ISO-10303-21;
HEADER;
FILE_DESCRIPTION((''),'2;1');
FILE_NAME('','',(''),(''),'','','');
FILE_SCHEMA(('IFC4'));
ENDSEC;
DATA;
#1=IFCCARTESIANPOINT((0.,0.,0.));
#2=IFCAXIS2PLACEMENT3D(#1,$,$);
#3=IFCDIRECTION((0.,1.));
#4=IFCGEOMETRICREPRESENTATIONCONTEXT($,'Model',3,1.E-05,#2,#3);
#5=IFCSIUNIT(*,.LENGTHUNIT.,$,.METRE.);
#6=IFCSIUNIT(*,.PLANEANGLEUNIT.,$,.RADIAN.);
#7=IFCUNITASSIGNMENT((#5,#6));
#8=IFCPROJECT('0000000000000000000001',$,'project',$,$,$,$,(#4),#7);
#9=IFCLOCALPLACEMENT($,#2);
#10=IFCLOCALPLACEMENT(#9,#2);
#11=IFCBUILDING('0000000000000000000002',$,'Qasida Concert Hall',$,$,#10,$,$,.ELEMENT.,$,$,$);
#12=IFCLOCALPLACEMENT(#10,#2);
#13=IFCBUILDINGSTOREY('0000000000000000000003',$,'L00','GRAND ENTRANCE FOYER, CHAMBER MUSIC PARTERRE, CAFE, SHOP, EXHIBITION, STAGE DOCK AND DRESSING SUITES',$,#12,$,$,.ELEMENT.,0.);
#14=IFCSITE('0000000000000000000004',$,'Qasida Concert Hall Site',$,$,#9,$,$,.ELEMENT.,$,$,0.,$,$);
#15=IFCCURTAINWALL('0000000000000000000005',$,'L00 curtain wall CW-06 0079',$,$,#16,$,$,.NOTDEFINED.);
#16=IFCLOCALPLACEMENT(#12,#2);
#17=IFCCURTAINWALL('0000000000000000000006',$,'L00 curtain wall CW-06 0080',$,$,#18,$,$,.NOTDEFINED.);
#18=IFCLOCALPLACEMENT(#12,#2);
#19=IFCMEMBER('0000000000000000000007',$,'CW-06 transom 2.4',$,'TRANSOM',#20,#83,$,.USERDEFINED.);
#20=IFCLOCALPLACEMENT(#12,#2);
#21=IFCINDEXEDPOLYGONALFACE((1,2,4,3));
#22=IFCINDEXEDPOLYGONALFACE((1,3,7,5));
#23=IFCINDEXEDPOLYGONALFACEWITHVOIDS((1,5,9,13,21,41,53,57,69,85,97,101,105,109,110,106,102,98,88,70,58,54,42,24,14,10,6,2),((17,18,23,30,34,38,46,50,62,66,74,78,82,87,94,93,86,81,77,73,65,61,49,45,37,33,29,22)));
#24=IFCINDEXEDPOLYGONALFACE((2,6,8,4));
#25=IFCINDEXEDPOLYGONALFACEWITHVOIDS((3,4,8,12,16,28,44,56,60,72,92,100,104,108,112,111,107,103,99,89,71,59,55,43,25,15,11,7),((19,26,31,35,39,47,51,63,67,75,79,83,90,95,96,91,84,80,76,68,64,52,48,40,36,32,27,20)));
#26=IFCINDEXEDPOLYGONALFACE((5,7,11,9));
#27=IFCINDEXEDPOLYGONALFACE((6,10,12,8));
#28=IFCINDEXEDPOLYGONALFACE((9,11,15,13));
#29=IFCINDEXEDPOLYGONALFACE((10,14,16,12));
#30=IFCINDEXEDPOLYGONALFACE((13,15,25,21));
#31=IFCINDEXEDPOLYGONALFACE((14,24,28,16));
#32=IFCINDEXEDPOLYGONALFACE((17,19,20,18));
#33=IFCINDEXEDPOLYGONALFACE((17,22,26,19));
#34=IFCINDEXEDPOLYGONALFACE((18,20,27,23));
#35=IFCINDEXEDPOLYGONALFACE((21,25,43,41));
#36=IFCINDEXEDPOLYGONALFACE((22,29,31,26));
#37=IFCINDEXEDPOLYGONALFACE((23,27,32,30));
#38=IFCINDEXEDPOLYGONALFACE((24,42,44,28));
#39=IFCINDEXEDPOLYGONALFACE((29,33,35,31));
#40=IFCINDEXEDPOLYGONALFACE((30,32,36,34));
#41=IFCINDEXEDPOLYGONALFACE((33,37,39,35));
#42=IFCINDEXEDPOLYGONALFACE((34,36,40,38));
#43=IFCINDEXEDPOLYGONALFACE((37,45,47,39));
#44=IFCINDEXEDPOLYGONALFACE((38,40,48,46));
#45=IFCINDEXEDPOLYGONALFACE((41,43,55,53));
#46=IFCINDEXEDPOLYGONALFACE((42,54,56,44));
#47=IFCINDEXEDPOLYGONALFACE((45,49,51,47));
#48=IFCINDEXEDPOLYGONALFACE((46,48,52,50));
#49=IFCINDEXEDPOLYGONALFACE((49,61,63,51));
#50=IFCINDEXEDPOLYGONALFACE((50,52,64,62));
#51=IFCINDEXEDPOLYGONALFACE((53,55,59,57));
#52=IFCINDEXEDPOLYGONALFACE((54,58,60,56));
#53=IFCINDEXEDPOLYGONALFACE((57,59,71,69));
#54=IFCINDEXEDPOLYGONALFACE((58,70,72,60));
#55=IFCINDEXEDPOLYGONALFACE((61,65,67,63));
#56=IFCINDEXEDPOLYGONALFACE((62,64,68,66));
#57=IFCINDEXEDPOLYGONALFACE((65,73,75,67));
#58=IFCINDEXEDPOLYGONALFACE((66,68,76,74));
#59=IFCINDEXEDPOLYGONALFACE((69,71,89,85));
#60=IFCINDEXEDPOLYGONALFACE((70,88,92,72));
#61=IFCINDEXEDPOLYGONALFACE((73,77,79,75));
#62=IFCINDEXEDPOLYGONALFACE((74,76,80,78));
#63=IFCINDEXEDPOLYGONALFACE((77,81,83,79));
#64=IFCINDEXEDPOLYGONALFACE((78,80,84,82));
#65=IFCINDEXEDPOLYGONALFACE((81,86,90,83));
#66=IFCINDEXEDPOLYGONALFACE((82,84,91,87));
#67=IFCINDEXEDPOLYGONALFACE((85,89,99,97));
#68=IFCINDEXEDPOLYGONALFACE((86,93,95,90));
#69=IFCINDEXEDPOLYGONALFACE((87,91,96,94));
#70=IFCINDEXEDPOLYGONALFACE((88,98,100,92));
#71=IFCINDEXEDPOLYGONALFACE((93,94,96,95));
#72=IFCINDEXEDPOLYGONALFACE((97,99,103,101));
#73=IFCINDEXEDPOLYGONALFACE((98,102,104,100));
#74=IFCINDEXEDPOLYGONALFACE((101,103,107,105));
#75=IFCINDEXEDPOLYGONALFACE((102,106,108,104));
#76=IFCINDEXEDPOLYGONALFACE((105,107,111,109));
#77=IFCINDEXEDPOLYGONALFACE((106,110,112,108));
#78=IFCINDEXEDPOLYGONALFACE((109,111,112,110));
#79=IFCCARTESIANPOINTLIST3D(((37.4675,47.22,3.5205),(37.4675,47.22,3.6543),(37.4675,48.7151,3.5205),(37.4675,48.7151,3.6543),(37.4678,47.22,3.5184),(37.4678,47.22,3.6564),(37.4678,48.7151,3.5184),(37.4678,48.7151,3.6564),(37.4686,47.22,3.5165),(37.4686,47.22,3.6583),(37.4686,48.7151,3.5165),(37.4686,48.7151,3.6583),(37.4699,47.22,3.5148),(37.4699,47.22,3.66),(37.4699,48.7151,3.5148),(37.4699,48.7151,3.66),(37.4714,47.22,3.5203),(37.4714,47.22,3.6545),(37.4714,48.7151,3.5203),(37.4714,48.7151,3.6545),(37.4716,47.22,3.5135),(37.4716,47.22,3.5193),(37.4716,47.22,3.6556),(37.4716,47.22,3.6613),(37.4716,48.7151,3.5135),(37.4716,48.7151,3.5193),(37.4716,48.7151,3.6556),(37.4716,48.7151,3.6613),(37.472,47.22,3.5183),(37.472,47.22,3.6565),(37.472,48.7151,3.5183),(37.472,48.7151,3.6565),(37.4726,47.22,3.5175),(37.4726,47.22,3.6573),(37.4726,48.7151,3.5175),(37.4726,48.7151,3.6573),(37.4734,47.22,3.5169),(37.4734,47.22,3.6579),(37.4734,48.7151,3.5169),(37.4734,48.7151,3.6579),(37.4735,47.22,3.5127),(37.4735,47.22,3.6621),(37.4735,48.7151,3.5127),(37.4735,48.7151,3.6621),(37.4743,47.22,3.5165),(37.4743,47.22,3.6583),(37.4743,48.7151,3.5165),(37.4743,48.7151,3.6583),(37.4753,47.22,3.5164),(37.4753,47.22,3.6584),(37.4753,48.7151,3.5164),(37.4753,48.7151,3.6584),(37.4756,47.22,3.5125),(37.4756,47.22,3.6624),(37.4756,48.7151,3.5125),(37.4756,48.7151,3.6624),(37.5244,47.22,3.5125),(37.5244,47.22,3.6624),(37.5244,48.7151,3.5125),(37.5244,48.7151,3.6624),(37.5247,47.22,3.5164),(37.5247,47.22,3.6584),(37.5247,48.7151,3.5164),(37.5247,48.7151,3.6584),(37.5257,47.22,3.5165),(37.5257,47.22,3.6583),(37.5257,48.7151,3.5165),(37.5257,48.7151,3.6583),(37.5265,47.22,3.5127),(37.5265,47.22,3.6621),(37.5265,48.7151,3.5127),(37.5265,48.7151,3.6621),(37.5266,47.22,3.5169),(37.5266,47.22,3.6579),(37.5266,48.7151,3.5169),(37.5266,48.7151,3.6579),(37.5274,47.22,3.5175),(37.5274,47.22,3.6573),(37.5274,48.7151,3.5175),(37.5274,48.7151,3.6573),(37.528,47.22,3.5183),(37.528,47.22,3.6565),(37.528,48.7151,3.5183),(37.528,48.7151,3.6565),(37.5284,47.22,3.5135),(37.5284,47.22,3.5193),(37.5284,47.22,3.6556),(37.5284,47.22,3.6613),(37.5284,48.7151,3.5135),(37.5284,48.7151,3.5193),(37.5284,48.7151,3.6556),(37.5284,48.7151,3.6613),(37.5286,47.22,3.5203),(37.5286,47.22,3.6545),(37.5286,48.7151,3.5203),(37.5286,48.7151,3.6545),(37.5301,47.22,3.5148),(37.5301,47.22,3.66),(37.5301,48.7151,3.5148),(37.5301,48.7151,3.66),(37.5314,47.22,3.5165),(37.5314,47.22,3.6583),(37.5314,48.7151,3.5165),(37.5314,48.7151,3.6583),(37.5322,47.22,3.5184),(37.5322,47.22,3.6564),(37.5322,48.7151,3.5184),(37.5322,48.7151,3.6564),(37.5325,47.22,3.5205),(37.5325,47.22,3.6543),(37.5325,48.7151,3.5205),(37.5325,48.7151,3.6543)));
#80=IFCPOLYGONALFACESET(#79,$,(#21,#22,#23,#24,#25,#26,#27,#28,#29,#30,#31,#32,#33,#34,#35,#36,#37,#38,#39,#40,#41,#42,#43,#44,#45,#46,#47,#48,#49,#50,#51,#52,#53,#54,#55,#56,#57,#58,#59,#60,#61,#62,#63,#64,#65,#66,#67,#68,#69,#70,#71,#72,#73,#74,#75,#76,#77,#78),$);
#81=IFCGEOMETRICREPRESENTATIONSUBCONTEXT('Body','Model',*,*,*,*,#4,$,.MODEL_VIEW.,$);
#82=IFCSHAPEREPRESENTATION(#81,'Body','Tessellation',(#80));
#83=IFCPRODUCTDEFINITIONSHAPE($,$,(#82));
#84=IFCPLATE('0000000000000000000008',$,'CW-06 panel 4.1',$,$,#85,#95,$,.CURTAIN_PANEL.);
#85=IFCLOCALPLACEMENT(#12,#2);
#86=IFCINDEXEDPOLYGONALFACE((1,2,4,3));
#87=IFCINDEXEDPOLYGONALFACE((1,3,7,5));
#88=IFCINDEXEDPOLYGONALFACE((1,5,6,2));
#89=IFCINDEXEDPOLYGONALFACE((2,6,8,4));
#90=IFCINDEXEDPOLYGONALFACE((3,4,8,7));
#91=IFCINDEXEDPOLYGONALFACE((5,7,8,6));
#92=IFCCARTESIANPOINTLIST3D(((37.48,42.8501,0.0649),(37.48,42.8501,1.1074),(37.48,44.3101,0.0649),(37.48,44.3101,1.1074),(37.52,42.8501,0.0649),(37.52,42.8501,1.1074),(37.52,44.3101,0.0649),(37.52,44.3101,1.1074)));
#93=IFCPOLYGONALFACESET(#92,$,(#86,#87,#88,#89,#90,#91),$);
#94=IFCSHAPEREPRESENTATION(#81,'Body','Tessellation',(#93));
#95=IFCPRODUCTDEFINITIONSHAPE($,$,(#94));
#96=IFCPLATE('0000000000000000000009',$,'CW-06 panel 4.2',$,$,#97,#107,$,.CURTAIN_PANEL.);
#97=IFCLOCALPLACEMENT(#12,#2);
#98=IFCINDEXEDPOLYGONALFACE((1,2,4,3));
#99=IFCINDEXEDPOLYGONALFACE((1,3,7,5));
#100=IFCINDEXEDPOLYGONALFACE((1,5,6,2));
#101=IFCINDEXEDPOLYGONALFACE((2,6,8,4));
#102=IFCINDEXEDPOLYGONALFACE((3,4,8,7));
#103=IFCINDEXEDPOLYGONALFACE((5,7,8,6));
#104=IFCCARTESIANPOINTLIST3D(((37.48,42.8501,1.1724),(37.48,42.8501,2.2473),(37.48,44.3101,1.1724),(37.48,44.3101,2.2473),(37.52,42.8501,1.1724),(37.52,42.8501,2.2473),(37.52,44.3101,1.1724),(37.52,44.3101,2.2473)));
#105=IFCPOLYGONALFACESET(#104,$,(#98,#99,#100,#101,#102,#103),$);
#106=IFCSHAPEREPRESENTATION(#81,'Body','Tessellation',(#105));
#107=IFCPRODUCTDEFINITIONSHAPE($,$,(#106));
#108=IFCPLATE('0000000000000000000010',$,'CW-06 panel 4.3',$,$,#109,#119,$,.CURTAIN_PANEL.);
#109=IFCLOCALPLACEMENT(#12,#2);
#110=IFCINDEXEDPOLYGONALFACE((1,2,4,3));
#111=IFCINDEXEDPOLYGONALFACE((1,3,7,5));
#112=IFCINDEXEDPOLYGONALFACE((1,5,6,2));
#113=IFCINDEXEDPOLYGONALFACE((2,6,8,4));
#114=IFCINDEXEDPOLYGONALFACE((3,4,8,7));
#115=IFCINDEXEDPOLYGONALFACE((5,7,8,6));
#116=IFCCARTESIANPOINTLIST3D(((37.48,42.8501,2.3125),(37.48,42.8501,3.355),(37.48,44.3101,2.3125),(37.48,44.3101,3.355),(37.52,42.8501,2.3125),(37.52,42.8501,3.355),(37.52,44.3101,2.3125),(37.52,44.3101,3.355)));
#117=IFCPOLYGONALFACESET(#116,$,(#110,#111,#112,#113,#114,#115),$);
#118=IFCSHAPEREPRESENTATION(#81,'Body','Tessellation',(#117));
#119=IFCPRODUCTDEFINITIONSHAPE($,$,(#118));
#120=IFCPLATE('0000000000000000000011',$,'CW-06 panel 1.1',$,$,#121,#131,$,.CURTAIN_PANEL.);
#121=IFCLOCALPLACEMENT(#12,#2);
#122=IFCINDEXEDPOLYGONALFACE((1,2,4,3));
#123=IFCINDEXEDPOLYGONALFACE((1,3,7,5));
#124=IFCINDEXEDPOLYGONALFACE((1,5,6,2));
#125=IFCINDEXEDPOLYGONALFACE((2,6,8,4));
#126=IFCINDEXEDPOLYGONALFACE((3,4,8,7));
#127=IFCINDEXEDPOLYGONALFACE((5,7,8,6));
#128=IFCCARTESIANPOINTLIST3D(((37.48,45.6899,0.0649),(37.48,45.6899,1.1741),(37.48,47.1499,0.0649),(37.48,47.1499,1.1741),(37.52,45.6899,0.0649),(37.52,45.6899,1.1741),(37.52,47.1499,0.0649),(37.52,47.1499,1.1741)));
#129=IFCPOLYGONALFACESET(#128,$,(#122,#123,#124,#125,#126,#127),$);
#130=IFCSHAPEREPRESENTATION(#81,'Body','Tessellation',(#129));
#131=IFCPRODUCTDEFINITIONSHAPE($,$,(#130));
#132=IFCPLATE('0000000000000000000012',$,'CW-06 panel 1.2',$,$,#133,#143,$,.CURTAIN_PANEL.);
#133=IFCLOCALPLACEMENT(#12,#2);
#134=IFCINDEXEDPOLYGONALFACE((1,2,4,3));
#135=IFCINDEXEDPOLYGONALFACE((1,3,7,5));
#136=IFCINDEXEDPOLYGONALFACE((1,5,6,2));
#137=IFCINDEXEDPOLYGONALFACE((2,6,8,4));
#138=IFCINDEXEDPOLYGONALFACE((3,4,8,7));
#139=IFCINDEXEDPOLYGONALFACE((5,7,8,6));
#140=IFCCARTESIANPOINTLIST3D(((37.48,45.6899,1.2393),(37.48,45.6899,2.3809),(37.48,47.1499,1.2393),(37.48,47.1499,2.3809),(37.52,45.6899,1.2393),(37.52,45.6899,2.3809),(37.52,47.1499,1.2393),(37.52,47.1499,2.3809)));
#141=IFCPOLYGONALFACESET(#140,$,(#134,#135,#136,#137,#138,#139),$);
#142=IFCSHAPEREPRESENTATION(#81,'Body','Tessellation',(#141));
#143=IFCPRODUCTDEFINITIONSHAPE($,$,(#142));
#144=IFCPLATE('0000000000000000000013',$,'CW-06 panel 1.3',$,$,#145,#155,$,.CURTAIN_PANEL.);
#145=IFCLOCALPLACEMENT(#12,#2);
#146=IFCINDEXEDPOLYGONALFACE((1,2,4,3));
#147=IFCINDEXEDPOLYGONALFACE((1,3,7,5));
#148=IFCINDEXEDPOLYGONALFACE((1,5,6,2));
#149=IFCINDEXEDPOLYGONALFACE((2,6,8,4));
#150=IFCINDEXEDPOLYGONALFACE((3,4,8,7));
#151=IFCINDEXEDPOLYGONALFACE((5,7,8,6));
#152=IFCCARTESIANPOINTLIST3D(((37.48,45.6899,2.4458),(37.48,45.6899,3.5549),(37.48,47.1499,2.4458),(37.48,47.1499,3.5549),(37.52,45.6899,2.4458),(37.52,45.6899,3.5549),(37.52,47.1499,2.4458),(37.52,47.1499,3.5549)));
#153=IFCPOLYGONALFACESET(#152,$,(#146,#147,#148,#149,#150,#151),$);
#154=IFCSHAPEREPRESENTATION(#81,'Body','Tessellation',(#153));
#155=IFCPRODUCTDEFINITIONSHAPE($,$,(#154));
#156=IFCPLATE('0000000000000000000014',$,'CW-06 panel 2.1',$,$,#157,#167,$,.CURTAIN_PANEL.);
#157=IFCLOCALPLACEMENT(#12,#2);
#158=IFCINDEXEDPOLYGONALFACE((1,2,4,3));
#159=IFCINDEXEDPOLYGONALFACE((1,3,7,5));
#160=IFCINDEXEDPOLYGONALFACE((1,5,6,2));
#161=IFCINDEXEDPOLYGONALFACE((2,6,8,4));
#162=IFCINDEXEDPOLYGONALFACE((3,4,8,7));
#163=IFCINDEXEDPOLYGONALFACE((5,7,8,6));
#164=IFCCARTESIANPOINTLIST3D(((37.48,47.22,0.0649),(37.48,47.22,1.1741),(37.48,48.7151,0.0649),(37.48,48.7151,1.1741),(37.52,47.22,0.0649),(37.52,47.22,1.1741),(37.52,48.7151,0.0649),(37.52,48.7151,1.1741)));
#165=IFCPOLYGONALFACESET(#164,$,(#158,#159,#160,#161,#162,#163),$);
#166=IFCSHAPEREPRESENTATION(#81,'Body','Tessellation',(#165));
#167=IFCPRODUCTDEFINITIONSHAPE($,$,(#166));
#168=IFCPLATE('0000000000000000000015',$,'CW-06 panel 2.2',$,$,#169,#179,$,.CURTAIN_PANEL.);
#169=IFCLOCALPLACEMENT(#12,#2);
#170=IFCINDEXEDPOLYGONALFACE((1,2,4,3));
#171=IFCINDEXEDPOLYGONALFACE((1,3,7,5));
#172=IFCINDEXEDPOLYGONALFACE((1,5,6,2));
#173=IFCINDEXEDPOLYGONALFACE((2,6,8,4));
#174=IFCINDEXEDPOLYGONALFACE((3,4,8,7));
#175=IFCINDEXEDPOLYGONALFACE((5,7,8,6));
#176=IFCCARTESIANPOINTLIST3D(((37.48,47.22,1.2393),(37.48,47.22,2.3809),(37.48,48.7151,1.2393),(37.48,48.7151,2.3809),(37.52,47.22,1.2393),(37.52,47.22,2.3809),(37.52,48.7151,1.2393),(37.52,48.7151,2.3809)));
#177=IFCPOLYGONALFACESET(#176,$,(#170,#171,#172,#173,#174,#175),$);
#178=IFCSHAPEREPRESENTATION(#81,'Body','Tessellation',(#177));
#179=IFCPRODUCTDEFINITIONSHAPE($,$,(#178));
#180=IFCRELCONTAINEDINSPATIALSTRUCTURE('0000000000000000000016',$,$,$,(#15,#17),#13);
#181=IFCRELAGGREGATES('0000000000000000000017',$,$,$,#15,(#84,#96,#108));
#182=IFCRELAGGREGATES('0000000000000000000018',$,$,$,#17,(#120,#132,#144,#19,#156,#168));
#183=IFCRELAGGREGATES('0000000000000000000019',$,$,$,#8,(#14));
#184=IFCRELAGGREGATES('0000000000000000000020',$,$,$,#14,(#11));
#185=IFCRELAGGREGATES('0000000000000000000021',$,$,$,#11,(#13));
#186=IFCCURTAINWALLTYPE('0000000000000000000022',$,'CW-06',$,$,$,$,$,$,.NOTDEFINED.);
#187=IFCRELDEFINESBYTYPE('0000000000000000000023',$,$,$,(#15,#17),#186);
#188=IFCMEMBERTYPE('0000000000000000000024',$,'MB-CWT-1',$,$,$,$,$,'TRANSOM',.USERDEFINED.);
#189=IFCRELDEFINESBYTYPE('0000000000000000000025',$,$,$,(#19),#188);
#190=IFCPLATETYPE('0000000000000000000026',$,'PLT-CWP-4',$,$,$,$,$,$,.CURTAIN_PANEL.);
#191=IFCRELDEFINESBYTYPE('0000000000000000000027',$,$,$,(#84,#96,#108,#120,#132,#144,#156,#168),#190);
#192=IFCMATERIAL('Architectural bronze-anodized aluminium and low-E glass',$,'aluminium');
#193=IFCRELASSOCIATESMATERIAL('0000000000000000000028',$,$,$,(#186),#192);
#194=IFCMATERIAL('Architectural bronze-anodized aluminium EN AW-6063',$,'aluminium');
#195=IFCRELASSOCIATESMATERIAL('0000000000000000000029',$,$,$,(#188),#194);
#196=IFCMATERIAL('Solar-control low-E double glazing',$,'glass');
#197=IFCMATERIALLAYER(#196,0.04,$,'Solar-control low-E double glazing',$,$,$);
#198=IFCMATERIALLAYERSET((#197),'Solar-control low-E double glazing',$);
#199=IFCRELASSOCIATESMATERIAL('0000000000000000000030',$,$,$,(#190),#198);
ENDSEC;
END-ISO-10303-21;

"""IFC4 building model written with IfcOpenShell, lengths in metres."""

from ifc_helpers import new_model, si_unit, direction, frame, origin, origin_2d, place, context, subcontext, project, spatial, rectangle, hollow_rectangle, extrude, material, layer, layer_set, material_profile, profile_set, type_object, element, aggregate, save


model = new_model("IFC4")

# Units and contexts
model_context = context("Model", 3, precision=1e-05, world=origin(), true_north=direction((0.0, 1.0)))
body_context = subcontext(model_context, "Body", "Model", "MODEL_VIEW")
ifc_project = project(units=[si_unit("LENGTHUNIT", "METRE"), si_unit("PLANEANGLEUNIT", "RADIAN")], contexts=[model_context])

# Site, building, storey
site_placement = place(None, origin())
site = spatial("IfcSite", under=ifc_project, at=site_placement, Name="Qasida Concert Hall Site", CompositionType="ELEMENT", RefElevation=0.0)
building_placement = place(site_placement, origin())
building = spatial("IfcBuilding", under=site, at=building_placement, Name="Qasida Concert Hall", CompositionType="ELEMENT")
storey_placement = place(building_placement, origin())
storey = spatial("IfcBuildingStorey", under=building, at=storey_placement, Name="L00", Description="GRAND ENTRANCE FOYER, CHAMBER MUSIC PARTERRE, CAFE, SHOP, EXHIBITION, STAGE DOCK AND DRESSING SUITES", CompositionType="ELEMENT", Elevation=0.0)

# Curtain wall
ifc_material_1 = material(Name="Architectural bronze-anodized aluminium and low-E glass", Category="aluminium")
curtain_wall_type = type_object("IfcCurtainWallType", Name="CW-06", PredefinedType="NOTDEFINED", material=ifc_material_1)
curtain_wall_1_placement = place(storey_placement, origin())
curtain_wall_1 = element("IfcCurtainWall", 1, at=curtain_wall_1_placement, inside=storey, type_object=curtain_wall_type, Name="L00 curtain wall CW-06 0079", PredefinedType="NOTDEFINED")
ifc_material_2 = material(Name="Architectural bronze-anodized aluminium EN AW-6063", Category="aluminium")

# Curtain wall
curtain_wall_2_placement = place(storey_placement, origin())
curtain_wall_2 = element("IfcCurtainWall", 2, at=curtain_wall_2_placement, inside=storey, type_object=curtain_wall_type, Name="L00 curtain wall CW-06 0080", PredefinedType="NOTDEFINED")

# Member
ifc_material_profile_1 = material_profile(ifc_material_2, hollow_rectangle(XDim=0.0649, YDim=0.1499, WallThickness=0.0039, InnerFilletRadius=0.0039, OuterFilletRadius=0.0081, at=origin_2d()), Name="CWT 150x65x4")
ifc_profile_set_1 = profile_set([ifc_material_profile_1], Name="Architectural bronze-anodized aluminium EN AW-6063")
member_type_1 = type_object("IfcMemberType", Name="MB-CWT-1", ElementType="TRANSOM", PredefinedType="USERDEFINED", material=ifc_profile_set_1)
member_1_placement = place(storey_placement, frame((37.5, 47.22, 3.5874), z_axis=(0.0, 1.0, 0.0), x_axis=(-1.0, 0.0, 0.0)))
member_1 = element("IfcMember", 3, at=member_1_placement, type_object=member_type_1, Name="CW-06 transom 2.4", ObjectType="TRANSOM", PredefinedType="USERDEFINED", context=body_context, shape_type="SweptSolid", body=[
    extrude(hollow_rectangle(XDim=0.0649, YDim=0.1499, WallThickness=0.0039, InnerFilletRadius=0.0039, OuterFilletRadius=0.0081, at=origin_2d()), origin(), (0.0, 0.0, 1.0), 1.4951),
])

# Plates
ifc_material_3 = material(Name="Solar-control low-E double glazing", Category="glass")
ifc_layer = layer(ifc_material_3, 0.04, Name="Solar-control low-E double glazing")
ifc_layer_set = layer_set([ifc_layer], Name="Solar-control low-E double glazing")
plate_type = type_object("IfcPlateType", Name="PLT-CWP-4", PredefinedType="CURTAIN_PANEL", material=ifc_layer_set)
plate_1_placement = place(storey_placement, frame((37.5, 43.5801, 0.0649), z_axis=(0.0, 0.0, 1.0), x_axis=(0.0, 1.0, 0.0)))
plate_1 = element("IfcPlate", 4, at=plate_1_placement, type_object=plate_type, Name="CW-06 panel 4.1", PredefinedType="CURTAIN_PANEL", context=body_context, shape_type="SweptSolid", body=[
    extrude(rectangle(XDim=1.46, YDim=0.04, at=origin_2d()), origin(), (0.0, 0.0, 1.0), 1.0425),
])
plate_2_placement = place(storey_placement, frame((37.5, 43.5801, 1.1724), z_axis=(0.0, 0.0, 1.0), x_axis=(0.0, 1.0, 0.0)))
plate_2 = element("IfcPlate", 5, at=plate_2_placement, type_object=plate_type, Name="CW-06 panel 4.2", PredefinedType="CURTAIN_PANEL", context=body_context, shape_type="SweptSolid", body=[
    extrude(rectangle(XDim=1.46, YDim=0.04, at=origin_2d()), origin(), (0.0, 0.0, 1.0), 1.075),
])
plate_3_placement = place(storey_placement, frame((37.5, 43.5801, 2.3125), z_axis=(0.0, 0.0, 1.0), x_axis=(0.0, 1.0, 0.0)))
plate_3 = element("IfcPlate", 6, at=plate_3_placement, type_object=plate_type, Name="CW-06 panel 4.3", PredefinedType="CURTAIN_PANEL", context=body_context, shape_type="SweptSolid", body=[
    extrude(rectangle(XDim=1.46, YDim=0.04, at=origin_2d()), origin(), (0.0, 0.0, 1.0), 1.0425),
])
aggregate(curtain_wall_1, [plate_1, plate_2, plate_3])
plate_4_placement = place(storey_placement, frame((37.5, 46.4199, 0.0649), z_axis=(0.0, 0.0, 1.0), x_axis=(0.0, 1.0, 0.0)))
plate_4 = element("IfcPlate", 7, at=plate_4_placement, type_object=plate_type, Name="CW-06 panel 1.1", PredefinedType="CURTAIN_PANEL", context=body_context, shape_type="SweptSolid", body=[
    extrude(rectangle(XDim=1.46, YDim=0.04, at=origin_2d()), origin(), (0.0, 0.0, 1.0), 1.1091),
])
plate_5_placement = place(storey_placement, frame((37.5, 46.4199, 1.2393), z_axis=(0.0, 0.0, 1.0), x_axis=(0.0, 1.0, 0.0)))
plate_5 = element("IfcPlate", 8, at=plate_5_placement, type_object=plate_type, Name="CW-06 panel 1.2", PredefinedType="CURTAIN_PANEL", context=body_context, shape_type="SweptSolid", body=[
    extrude(rectangle(XDim=1.46, YDim=0.04, at=origin_2d()), origin(), (0.0, 0.0, 1.0), 1.1416),
])
plate_6_placement = place(storey_placement, frame((37.5, 46.4199, 2.4458), z_axis=(0.0, 0.0, 1.0), x_axis=(0.0, 1.0, 0.0)))
plate_6 = element("IfcPlate", 9, at=plate_6_placement, type_object=plate_type, Name="CW-06 panel 1.3", PredefinedType="CURTAIN_PANEL", context=body_context, shape_type="SweptSolid", body=[
    extrude(rectangle(XDim=1.46, YDim=0.04, at=origin_2d()), origin(), (0.0, 0.0, 1.0), 1.1091),
])
plate_7_placement = place(storey_placement, frame((37.5, 47.9675, 0.0649), z_axis=(0.0, 0.0, 1.0), x_axis=(0.0, 1.0, 0.0)))
plate_7 = element("IfcPlate", 10, at=plate_7_placement, type_object=plate_type, Name="CW-06 panel 2.1", PredefinedType="CURTAIN_PANEL", context=body_context, shape_type="SweptSolid", body=[
    extrude(rectangle(XDim=1.4951, YDim=0.04, at=origin_2d()), origin(), (0.0, 0.0, 1.0), 1.1091),
])
plate_8_placement = place(storey_placement, frame((37.5, 47.9675, 1.2393), z_axis=(0.0, 0.0, 1.0), x_axis=(0.0, 1.0, 0.0)))
plate_8 = element("IfcPlate", 11, at=plate_8_placement, type_object=plate_type, Name="CW-06 panel 2.2", PredefinedType="CURTAIN_PANEL", context=body_context, shape_type="SweptSolid", body=[
    extrude(rectangle(XDim=1.4951, YDim=0.04, at=origin_2d()), origin(), (0.0, 0.0, 1.0), 1.1416),
])
aggregate(curtain_wall_2, [plate_4, plate_5, plate_6, member_1, plate_7, plate_8])

save(model, "model.ifc")
